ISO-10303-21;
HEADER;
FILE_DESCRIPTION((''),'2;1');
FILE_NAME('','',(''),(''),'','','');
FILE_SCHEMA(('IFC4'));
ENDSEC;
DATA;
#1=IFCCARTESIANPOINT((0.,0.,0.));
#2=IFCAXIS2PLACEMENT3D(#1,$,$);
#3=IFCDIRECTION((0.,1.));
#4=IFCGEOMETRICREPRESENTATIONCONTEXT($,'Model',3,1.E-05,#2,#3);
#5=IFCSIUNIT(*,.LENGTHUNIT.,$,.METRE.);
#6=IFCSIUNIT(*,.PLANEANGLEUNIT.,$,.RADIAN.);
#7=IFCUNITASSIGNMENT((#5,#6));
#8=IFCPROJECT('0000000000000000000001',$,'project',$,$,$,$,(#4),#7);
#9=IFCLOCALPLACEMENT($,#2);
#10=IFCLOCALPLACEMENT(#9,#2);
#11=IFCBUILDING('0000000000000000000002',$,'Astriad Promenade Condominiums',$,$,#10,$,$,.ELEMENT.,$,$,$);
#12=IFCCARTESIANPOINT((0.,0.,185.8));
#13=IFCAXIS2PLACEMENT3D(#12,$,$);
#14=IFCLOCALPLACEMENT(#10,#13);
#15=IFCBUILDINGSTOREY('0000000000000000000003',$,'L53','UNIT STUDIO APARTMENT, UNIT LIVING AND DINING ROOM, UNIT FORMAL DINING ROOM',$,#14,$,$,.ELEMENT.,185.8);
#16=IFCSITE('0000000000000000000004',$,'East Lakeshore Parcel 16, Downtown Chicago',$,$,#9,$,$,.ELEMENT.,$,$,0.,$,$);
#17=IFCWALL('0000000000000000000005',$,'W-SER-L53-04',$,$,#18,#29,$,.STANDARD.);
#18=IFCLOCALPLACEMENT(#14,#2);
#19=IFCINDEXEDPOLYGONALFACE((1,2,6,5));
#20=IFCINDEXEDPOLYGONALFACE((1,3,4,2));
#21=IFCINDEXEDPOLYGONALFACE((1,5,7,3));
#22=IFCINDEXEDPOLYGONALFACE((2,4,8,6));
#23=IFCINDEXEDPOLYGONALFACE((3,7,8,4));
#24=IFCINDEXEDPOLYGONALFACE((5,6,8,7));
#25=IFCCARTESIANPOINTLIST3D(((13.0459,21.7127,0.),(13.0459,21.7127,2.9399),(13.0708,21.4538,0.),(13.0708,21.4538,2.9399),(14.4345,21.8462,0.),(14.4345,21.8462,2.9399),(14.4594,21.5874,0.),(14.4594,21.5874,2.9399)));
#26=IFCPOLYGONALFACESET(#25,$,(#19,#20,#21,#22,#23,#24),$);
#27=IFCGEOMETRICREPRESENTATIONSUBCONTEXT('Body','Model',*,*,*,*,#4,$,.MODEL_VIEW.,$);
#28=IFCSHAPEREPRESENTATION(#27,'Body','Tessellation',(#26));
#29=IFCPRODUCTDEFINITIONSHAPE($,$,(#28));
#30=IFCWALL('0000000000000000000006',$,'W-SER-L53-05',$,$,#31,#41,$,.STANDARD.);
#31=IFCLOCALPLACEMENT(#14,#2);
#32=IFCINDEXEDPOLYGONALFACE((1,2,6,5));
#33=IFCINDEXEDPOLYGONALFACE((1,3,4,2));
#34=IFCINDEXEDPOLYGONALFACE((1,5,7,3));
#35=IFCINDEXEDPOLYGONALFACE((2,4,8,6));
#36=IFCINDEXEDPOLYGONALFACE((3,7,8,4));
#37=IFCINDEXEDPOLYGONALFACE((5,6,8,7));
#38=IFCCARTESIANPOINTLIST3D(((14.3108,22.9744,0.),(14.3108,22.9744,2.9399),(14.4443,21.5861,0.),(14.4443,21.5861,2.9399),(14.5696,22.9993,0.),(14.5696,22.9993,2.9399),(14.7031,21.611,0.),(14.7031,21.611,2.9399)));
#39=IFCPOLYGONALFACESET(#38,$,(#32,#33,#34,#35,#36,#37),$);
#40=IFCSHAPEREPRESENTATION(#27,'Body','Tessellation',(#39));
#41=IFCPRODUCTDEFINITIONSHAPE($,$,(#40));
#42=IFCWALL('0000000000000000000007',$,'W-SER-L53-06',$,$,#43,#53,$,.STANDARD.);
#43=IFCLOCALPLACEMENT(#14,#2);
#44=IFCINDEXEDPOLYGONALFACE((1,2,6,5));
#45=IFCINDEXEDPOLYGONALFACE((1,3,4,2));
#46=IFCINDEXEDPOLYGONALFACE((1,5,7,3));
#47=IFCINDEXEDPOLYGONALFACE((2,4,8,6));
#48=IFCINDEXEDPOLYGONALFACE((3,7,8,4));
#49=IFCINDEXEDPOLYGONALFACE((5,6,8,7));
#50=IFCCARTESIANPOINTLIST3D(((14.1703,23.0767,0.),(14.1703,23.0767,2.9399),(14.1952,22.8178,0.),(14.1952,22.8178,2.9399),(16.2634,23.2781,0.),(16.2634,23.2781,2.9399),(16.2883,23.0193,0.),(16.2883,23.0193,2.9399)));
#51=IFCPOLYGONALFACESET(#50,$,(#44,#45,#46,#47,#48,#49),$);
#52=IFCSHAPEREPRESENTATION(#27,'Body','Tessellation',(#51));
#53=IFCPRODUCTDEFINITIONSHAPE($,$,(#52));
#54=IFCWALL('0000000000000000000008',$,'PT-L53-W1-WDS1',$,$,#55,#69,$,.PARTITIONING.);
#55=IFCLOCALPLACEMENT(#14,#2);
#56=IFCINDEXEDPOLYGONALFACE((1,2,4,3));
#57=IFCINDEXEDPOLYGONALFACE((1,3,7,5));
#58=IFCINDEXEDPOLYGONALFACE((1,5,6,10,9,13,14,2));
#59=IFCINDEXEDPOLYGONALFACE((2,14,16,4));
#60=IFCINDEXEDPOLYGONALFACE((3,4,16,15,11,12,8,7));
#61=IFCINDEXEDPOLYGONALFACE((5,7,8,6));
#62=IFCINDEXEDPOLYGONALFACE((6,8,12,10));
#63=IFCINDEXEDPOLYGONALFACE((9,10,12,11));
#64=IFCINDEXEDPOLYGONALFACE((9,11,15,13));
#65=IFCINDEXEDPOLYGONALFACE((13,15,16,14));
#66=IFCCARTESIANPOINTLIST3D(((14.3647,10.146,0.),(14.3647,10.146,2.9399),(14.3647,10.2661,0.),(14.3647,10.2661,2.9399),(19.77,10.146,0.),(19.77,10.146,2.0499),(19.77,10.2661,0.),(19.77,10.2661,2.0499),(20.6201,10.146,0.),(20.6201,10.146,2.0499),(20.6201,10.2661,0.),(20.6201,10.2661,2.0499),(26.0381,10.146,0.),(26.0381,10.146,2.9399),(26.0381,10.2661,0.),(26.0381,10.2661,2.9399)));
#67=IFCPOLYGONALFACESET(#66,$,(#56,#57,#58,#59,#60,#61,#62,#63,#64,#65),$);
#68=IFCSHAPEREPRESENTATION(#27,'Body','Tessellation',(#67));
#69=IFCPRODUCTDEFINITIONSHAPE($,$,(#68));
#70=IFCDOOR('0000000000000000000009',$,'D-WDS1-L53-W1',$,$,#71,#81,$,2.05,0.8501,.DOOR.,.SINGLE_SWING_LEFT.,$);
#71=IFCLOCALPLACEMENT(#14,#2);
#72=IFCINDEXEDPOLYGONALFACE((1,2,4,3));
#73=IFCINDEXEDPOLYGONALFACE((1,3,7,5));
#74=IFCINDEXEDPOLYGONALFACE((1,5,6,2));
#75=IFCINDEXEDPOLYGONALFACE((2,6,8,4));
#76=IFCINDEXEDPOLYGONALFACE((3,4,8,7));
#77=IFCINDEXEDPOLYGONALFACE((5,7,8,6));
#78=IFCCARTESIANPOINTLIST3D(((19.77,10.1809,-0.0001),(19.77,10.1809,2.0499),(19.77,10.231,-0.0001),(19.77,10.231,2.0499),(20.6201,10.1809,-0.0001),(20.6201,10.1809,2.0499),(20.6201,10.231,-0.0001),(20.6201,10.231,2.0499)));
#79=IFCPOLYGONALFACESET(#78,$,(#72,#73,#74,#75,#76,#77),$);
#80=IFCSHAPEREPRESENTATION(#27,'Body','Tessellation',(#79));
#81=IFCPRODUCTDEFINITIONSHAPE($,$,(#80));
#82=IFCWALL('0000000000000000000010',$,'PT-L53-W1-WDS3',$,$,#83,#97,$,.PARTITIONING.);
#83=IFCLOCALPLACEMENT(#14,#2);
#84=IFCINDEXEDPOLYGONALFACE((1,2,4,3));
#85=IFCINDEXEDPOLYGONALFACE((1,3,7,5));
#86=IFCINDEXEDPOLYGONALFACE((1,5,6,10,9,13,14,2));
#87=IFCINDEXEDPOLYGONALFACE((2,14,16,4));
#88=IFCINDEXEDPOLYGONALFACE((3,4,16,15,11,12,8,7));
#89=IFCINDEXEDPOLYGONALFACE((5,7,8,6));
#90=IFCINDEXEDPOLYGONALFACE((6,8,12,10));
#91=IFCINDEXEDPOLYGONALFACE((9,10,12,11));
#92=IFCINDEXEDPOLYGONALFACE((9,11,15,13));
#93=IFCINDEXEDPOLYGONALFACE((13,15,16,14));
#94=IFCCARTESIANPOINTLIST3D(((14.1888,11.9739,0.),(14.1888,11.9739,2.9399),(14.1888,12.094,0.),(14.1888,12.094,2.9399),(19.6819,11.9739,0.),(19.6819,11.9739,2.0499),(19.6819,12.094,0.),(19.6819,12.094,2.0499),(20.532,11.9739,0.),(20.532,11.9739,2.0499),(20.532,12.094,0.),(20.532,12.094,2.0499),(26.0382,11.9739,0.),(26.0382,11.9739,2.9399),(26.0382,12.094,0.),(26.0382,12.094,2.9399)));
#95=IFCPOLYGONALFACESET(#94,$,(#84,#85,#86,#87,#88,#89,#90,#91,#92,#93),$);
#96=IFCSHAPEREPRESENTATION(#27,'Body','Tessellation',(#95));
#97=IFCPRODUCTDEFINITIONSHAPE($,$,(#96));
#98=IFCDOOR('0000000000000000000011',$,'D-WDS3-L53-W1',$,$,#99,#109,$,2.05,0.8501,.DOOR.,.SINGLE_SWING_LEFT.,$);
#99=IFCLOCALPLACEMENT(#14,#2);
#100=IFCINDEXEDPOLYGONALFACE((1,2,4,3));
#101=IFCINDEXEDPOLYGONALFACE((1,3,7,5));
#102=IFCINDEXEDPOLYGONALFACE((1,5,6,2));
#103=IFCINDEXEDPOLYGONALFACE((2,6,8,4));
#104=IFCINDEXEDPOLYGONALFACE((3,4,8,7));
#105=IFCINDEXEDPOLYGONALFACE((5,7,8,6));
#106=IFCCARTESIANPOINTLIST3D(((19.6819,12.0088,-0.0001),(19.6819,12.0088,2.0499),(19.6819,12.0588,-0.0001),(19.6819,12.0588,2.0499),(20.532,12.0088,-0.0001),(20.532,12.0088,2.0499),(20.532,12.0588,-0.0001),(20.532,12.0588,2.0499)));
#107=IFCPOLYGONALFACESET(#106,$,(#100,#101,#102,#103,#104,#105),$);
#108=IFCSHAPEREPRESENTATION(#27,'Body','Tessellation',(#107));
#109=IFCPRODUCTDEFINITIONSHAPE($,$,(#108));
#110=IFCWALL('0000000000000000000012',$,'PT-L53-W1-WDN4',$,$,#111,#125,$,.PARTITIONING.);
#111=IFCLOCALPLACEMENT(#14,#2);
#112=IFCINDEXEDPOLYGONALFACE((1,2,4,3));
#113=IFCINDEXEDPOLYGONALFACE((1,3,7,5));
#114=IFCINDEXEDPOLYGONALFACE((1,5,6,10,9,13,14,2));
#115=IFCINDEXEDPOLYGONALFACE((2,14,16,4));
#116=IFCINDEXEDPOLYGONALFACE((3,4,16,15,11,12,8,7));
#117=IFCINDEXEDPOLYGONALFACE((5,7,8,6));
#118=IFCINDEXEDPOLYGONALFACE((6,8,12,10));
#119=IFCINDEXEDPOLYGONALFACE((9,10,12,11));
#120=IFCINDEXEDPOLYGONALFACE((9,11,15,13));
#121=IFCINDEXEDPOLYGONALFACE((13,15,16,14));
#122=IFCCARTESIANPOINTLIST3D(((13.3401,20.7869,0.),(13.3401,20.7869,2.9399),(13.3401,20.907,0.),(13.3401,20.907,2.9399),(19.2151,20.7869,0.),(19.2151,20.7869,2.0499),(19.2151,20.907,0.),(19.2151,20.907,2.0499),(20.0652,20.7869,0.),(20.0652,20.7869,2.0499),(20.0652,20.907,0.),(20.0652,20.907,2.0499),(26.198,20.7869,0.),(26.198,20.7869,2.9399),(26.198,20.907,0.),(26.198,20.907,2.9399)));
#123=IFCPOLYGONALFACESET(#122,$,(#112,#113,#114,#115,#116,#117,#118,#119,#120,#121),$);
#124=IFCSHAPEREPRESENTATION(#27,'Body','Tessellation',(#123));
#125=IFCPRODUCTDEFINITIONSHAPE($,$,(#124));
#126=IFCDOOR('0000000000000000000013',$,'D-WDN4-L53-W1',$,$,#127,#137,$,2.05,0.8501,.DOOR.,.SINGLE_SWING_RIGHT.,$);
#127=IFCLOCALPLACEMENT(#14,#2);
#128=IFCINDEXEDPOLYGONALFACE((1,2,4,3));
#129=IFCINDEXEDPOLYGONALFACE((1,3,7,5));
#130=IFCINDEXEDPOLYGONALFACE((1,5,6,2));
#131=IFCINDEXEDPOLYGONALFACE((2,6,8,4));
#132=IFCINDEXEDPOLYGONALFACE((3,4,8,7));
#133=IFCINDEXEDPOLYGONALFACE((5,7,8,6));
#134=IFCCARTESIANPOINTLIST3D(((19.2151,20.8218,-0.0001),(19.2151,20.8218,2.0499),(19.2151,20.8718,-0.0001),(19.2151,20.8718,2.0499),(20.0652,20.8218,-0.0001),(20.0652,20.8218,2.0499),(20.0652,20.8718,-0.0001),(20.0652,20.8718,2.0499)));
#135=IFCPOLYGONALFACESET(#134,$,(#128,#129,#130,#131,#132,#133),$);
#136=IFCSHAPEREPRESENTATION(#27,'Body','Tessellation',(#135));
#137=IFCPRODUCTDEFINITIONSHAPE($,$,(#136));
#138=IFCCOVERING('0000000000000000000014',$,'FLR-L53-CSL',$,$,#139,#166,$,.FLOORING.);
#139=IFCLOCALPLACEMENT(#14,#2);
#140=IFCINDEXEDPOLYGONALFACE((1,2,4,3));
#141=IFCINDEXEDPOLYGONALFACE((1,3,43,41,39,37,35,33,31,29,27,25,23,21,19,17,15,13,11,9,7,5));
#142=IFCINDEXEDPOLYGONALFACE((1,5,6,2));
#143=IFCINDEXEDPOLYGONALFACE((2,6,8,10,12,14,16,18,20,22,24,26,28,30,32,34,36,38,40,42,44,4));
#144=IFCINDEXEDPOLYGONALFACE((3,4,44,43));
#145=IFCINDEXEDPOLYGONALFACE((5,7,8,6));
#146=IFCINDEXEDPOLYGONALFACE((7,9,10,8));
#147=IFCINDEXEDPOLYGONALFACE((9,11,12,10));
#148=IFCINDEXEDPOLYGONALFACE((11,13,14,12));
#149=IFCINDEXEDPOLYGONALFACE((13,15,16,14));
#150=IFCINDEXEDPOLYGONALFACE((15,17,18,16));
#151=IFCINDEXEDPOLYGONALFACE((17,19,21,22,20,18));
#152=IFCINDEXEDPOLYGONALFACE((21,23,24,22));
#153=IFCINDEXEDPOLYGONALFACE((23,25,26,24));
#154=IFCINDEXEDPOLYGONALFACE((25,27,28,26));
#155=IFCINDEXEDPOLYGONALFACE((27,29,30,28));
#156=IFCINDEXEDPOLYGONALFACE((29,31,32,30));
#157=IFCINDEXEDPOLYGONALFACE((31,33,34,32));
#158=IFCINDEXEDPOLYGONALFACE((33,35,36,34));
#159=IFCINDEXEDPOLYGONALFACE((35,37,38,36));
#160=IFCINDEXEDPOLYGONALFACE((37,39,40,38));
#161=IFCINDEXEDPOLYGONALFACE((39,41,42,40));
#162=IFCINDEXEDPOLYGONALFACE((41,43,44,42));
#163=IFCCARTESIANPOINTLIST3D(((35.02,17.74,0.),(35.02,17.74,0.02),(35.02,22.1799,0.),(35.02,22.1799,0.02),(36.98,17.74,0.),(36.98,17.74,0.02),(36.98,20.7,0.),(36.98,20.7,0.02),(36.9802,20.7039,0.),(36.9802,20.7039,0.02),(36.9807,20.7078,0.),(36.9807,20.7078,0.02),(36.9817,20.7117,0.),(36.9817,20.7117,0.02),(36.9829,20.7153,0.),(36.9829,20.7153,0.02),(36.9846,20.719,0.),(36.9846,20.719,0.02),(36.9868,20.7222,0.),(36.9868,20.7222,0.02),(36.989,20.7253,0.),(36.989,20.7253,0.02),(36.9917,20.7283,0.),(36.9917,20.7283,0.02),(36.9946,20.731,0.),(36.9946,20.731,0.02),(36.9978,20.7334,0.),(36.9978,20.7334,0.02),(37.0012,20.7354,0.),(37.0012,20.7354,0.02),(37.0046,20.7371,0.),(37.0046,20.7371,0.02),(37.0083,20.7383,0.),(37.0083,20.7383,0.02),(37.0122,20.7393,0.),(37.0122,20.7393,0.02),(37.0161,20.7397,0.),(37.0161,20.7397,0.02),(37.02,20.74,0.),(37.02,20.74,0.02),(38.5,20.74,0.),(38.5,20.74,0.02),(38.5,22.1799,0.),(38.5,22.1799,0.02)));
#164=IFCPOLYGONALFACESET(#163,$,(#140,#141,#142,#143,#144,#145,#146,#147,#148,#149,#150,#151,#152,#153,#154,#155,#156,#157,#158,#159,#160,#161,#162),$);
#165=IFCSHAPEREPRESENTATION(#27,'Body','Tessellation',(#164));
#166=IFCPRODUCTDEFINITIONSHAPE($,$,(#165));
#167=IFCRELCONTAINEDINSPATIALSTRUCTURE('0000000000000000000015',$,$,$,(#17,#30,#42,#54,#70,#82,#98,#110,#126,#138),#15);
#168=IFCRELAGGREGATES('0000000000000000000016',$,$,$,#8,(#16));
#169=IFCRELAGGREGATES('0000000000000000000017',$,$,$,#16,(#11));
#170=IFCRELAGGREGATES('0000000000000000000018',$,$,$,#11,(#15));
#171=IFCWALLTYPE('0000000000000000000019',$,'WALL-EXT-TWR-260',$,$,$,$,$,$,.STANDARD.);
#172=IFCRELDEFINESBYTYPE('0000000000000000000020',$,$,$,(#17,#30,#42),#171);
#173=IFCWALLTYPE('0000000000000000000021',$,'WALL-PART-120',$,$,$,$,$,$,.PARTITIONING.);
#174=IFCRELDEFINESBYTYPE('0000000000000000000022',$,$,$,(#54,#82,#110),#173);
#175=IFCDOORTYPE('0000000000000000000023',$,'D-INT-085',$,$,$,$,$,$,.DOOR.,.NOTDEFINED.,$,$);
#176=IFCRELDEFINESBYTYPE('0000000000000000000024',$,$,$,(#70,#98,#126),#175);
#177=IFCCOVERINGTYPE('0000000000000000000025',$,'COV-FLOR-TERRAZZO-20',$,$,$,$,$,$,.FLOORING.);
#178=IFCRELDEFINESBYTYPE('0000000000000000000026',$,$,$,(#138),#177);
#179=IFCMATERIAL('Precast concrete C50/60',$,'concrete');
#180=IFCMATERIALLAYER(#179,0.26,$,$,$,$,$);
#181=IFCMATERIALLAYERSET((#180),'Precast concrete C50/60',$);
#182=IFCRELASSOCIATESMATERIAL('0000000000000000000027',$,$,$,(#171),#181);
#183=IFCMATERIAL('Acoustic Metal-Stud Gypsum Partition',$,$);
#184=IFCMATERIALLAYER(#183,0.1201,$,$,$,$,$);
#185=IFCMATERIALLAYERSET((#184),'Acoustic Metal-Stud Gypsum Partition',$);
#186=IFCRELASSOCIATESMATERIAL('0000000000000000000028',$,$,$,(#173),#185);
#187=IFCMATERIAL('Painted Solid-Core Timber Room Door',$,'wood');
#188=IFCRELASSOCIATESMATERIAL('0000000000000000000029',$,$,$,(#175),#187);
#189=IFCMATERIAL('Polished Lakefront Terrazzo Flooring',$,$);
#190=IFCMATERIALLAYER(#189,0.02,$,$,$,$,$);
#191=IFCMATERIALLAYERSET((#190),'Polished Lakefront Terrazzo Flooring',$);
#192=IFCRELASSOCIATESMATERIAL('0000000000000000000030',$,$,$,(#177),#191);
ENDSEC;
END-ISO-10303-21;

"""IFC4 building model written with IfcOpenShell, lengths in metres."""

from ifc_helpers import new_model, si_unit, direction, frame, frame_2d, origin, place, context, subcontext, project, spatial, polyline, rectangle, outline, extrude, source, transform, mapped, material, layer, layer_set, type_object, type_shapes, element, fill, save


model = new_model("IFC4")

# Units and contexts
model_context = context("Model", 3, precision=1e-05, world=origin(), true_north=direction((0.0, 1.0)))
body_context = subcontext(model_context, "Body", "Model", "MODEL_VIEW")
ifc_project = project(units=[si_unit("LENGTHUNIT", "METRE"), si_unit("PLANEANGLEUNIT", "RADIAN")], contexts=[model_context])

# Site, building, storey
site_placement = place(None, origin())
site = spatial("IfcSite", under=ifc_project, at=site_placement, Name="East Lakeshore Parcel 16, Downtown Chicago", CompositionType="ELEMENT", RefElevation=0.0)
building_placement = place(site_placement, origin())
building = spatial("IfcBuilding", under=site, at=building_placement, Name="Astriad Promenade Condominiums", CompositionType="ELEMENT")
storey_placement = place(building_placement, frame((0.0, 0.0, 185.8)))
storey = spatial("IfcBuildingStorey", under=building, at=storey_placement, Name="L53", Description="UNIT STUDIO APARTMENT, UNIT LIVING AND DINING ROOM, UNIT FORMAL DINING ROOM", CompositionType="ELEMENT", Elevation=185.8)

# Shared definitions
ifc_material_1 = material(Name="Precast concrete C50/60", Category="concrete")

# Walls
ifc_layer_1 = layer(ifc_material_1, 0.26)
ifc_layer_set_1 = layer_set([ifc_layer_1], Name="Precast concrete C50/60")
wall_type_1 = type_object("IfcWallType", Name="WALL-EXT-TWR-260", PredefinedType="STANDARD", material=ifc_layer_set_1)
wall_1_placement = place(storey_placement, frame((13.0583, 21.5833, 0.0), z_axis=(0.0, 0.0, 1.0), x_axis=(0.995408, 0.095726, 0.0)))
element("IfcWall", 1, at=wall_1_placement, inside=storey, type_object=wall_type_1, Name="W-SER-L53-04", PredefinedType="STANDARD", context=body_context, shape_type="SweptSolid", body=[
    extrude(rectangle(XDim=1.395, YDim=0.26, at=frame_2d((0.6975, 0.0))), origin(), (0.0, 0.0, 1.0), 2.9399),
])
wall_2_placement = place(storey_placement, frame((14.5737, 21.5986, 0.0), z_axis=(0.0, 0.0, 1.0), x_axis=(-0.095742, 0.995406, 0.0)))
element("IfcWall", 2, at=wall_2_placement, inside=storey, type_object=wall_type_1, Name="W-SER-L53-05", PredefinedType="STANDARD", context=body_context, shape_type="SweptSolid", body=[
    extrude(rectangle(XDim=1.3948, YDim=0.26, at=frame_2d((0.6973, 0.0))), origin(), (0.0, 0.0, 1.0), 2.9399),
])
wall_3_placement = place(storey_placement, frame((14.1829, 22.9473, 0.0), z_axis=(0.0, 0.0, 1.0), x_axis=(0.995402, 0.09579, 0.0)))
element("IfcWall", 3, at=wall_3_placement, inside=storey, type_object=wall_type_1, Name="W-SER-L53-06", PredefinedType="STANDARD", context=body_context, shape_type="SweptSolid", body=[
    extrude(rectangle(XDim=2.1028, YDim=0.26, at=frame_2d((1.0513, 0.0))), origin(), (0.0, 0.0, 1.0), 2.9399),
])

# Walls, openings, doors
ifc_material_2 = material(Name="Acoustic Metal-Stud Gypsum Partition")
ifc_layer_2 = layer(ifc_material_2, 0.1201)
ifc_layer_set_2 = layer_set([ifc_layer_2], Name="Acoustic Metal-Stud Gypsum Partition")
wall_type_2 = type_object("IfcWallType", Name="WALL-PART-120", PredefinedType="PARTITIONING", material=ifc_layer_set_2)
wall_4_placement = place(storey_placement, frame((14.3647, 10.2061, 0.0), z_axis=(0.0, 0.0, 1.0), x_axis=(1.0, 0.0, 0.0)))
wall_4 = element("IfcWall", 4, at=wall_4_placement, inside=storey, type_object=wall_type_2, Name="PT-L53-W1-WDS1", PredefinedType="PARTITIONING", context=body_context, shape_type="SweptSolid", body=[
    extrude(rectangle(XDim=11.6733, YDim=0.1201, at=frame_2d((5.8367, 0.0))), origin(), (0.0, 0.0, 1.0), 2.9399),
])
opening_1_placement = place(wall_4_placement, frame((5.4053, 0.0, 0.0)))
opening_1 = element("IfcOpeningElement", 5, at=opening_1_placement, cuts=wall_4, PredefinedType="OPENING", context=body_context, shape_type="SweptSolid", body=[
    extrude(rectangle(XDim=0.8501, YDim=2.05, at=frame_2d((0.425, 1.0249))), frame((0.0, 0.0701, 0.0), z_axis=(0.0, -1.0, 0.0), x_axis=(1.0, 0.0, 0.0)), (0.0, 0.0, 1.0), 0.1401),
])
ifc_material_3 = material(Name="Painted Solid-Core Timber Room Door", Category="wood")
door_type = type_object("IfcDoorType", Name="D-INT-085", OperationType="NOTDEFINED", PredefinedType="DOOR", material=ifc_material_3)
shared_shape_1 = source(origin(), body_context, "Body", "SweptSolid", [
    extrude(rectangle(XDim=0.8501, YDim=2.05, at=frame_2d((0.425, 1.0249))), frame((0.0, 0.0249, 0.0), z_axis=(0.0, -1.0, 0.0), x_axis=(1.0, 0.0, 0.0)), (0.0, 0.0, 1.0), 0.05),
])
type_shapes(door_type, [shared_shape_1])
door_1_placement = place(opening_1_placement, origin())
door_1 = element("IfcDoor", 6, at=door_1_placement, inside=storey, type_object=door_type, Name="D-WDS1-L53-W1", OperationType="SINGLE_SWING_LEFT", OverallHeight=2.05, OverallWidth=0.8501, PredefinedType="DOOR", context=body_context, shape_type="MappedRepresentation", body=[
    mapped(shared_shape_1, transform((0.0, 0.0, 0.0), scale=1.0)),
])
fill(opening_1, door_1)
wall_5_placement = place(storey_placement, frame((14.1887, 12.0339, 0.0), z_axis=(0.0, 0.0, 1.0), x_axis=(1.0, 0.0, 0.0)))
wall_5 = element("IfcWall", 7, at=wall_5_placement, inside=storey, type_object=wall_type_2, Name="PT-L53-W1-WDS3", PredefinedType="PARTITIONING", context=body_context, shape_type="SweptSolid", body=[
    extrude(rectangle(XDim=11.8494, YDim=0.1201, at=frame_2d((5.9248, 0.0))), origin(), (0.0, 0.0, 1.0), 2.9399),
])
opening_2_placement = place(wall_5_placement, frame((5.4932, 0.0, 0.0)))
opening_2 = element("IfcOpeningElement", 8, at=opening_2_placement, cuts=wall_5, PredefinedType="OPENING", context=body_context, shape_type="SweptSolid", body=[
    extrude(rectangle(XDim=0.8501, YDim=2.05, at=frame_2d((0.425, 1.0249))), frame((0.0, 0.0701, 0.0), z_axis=(0.0, -1.0, 0.0), x_axis=(1.0, 0.0, 0.0)), (0.0, 0.0, 1.0), 0.1401),
])
door_2_placement = place(opening_2_placement, origin())
door_2 = element("IfcDoor", 9, at=door_2_placement, inside=storey, type_object=door_type, Name="D-WDS3-L53-W1", OperationType="SINGLE_SWING_LEFT", OverallHeight=2.05, OverallWidth=0.8501, PredefinedType="DOOR", context=body_context, shape_type="MappedRepresentation", body=[
    mapped(shared_shape_1, transform((0.0, 0.0, 0.0), scale=1.0)),
])
fill(opening_2, door_2)
wall_6_placement = place(storey_placement, frame((13.3401, 20.8469, 0.0), z_axis=(0.0, 0.0, 1.0), x_axis=(1.0, 0.0, 0.0)))
wall_6 = element("IfcWall", 10, at=wall_6_placement, inside=storey, type_object=wall_type_2, Name="PT-L53-W1-WDN4", PredefinedType="PARTITIONING", context=body_context, shape_type="SweptSolid", body=[
    extrude(rectangle(XDim=12.8579, YDim=0.1201, at=frame_2d((6.429, 0.0))), origin(), (0.0, 0.0, 1.0), 2.9399),
])
opening_3_placement = place(wall_6_placement, frame((5.875, 0.0, 0.0)))
opening_3 = element("IfcOpeningElement", 11, at=opening_3_placement, cuts=wall_6, PredefinedType="OPENING", context=body_context, shape_type="SweptSolid", body=[
    extrude(rectangle(XDim=0.8501, YDim=2.05, at=frame_2d((0.425, 1.0249))), frame((0.0, 0.0701, 0.0), z_axis=(0.0, -1.0, 0.0), x_axis=(1.0, 0.0, 0.0)), (0.0, 0.0, 1.0), 0.1401),
])
door_3_placement = place(opening_3_placement, origin())
door_3 = element("IfcDoor", 12, at=door_3_placement, inside=storey, type_object=door_type, Name="D-WDN4-L53-W1", OperationType="SINGLE_SWING_RIGHT", OverallHeight=2.05, OverallWidth=0.8501, PredefinedType="DOOR", context=body_context, shape_type="MappedRepresentation", body=[
    mapped(shared_shape_1, transform((0.0, 0.0, 0.0), scale=1.0)),
])
fill(opening_3, door_3)

# Covering
ifc_material_4 = material(Name="Polished Lakefront Terrazzo Flooring")
ifc_layer_3 = layer(ifc_material_4, 0.02)
ifc_layer_set_3 = layer_set([ifc_layer_3], Name="Polished Lakefront Terrazzo Flooring")
covering_type = type_object("IfcCoveringType", Name="COV-FLOR-TERRAZZO-20", PredefinedType="FLOORING", material=ifc_layer_set_3)
covering_1_placement = place(storey_placement, origin())
element("IfcCovering", 13, at=covering_1_placement, inside=storey, type_object=covering_type, Name="FLR-L53-CSL", PredefinedType="FLOORING", context=body_context, shape_type="SweptSolid", body=[
    extrude(outline(polyline([(36.98, 20.7), (36.98, 17.74), (35.02, 17.74), (35.02, 22.1799), (38.5, 22.1799), (38.5, 20.74), (37.02, 20.74), (37.0161, 20.7397), (37.0122, 20.7393), (37.0083, 20.7383), (37.0046, 20.7371), (37.0012, 20.7354), (36.9978, 20.7334), (36.9946, 20.731), (36.9917, 20.7283), (36.989, 20.7253), (36.9868, 20.7222), (36.9846, 20.719), (36.9829, 20.7153), (36.9817, 20.7117), (36.9807, 20.7078), (36.9802, 20.7039), (36.98, 20.7)])), origin(), (0.0, 0.0, 1.0), 0.02),
])

save(model, "model.ifc")
